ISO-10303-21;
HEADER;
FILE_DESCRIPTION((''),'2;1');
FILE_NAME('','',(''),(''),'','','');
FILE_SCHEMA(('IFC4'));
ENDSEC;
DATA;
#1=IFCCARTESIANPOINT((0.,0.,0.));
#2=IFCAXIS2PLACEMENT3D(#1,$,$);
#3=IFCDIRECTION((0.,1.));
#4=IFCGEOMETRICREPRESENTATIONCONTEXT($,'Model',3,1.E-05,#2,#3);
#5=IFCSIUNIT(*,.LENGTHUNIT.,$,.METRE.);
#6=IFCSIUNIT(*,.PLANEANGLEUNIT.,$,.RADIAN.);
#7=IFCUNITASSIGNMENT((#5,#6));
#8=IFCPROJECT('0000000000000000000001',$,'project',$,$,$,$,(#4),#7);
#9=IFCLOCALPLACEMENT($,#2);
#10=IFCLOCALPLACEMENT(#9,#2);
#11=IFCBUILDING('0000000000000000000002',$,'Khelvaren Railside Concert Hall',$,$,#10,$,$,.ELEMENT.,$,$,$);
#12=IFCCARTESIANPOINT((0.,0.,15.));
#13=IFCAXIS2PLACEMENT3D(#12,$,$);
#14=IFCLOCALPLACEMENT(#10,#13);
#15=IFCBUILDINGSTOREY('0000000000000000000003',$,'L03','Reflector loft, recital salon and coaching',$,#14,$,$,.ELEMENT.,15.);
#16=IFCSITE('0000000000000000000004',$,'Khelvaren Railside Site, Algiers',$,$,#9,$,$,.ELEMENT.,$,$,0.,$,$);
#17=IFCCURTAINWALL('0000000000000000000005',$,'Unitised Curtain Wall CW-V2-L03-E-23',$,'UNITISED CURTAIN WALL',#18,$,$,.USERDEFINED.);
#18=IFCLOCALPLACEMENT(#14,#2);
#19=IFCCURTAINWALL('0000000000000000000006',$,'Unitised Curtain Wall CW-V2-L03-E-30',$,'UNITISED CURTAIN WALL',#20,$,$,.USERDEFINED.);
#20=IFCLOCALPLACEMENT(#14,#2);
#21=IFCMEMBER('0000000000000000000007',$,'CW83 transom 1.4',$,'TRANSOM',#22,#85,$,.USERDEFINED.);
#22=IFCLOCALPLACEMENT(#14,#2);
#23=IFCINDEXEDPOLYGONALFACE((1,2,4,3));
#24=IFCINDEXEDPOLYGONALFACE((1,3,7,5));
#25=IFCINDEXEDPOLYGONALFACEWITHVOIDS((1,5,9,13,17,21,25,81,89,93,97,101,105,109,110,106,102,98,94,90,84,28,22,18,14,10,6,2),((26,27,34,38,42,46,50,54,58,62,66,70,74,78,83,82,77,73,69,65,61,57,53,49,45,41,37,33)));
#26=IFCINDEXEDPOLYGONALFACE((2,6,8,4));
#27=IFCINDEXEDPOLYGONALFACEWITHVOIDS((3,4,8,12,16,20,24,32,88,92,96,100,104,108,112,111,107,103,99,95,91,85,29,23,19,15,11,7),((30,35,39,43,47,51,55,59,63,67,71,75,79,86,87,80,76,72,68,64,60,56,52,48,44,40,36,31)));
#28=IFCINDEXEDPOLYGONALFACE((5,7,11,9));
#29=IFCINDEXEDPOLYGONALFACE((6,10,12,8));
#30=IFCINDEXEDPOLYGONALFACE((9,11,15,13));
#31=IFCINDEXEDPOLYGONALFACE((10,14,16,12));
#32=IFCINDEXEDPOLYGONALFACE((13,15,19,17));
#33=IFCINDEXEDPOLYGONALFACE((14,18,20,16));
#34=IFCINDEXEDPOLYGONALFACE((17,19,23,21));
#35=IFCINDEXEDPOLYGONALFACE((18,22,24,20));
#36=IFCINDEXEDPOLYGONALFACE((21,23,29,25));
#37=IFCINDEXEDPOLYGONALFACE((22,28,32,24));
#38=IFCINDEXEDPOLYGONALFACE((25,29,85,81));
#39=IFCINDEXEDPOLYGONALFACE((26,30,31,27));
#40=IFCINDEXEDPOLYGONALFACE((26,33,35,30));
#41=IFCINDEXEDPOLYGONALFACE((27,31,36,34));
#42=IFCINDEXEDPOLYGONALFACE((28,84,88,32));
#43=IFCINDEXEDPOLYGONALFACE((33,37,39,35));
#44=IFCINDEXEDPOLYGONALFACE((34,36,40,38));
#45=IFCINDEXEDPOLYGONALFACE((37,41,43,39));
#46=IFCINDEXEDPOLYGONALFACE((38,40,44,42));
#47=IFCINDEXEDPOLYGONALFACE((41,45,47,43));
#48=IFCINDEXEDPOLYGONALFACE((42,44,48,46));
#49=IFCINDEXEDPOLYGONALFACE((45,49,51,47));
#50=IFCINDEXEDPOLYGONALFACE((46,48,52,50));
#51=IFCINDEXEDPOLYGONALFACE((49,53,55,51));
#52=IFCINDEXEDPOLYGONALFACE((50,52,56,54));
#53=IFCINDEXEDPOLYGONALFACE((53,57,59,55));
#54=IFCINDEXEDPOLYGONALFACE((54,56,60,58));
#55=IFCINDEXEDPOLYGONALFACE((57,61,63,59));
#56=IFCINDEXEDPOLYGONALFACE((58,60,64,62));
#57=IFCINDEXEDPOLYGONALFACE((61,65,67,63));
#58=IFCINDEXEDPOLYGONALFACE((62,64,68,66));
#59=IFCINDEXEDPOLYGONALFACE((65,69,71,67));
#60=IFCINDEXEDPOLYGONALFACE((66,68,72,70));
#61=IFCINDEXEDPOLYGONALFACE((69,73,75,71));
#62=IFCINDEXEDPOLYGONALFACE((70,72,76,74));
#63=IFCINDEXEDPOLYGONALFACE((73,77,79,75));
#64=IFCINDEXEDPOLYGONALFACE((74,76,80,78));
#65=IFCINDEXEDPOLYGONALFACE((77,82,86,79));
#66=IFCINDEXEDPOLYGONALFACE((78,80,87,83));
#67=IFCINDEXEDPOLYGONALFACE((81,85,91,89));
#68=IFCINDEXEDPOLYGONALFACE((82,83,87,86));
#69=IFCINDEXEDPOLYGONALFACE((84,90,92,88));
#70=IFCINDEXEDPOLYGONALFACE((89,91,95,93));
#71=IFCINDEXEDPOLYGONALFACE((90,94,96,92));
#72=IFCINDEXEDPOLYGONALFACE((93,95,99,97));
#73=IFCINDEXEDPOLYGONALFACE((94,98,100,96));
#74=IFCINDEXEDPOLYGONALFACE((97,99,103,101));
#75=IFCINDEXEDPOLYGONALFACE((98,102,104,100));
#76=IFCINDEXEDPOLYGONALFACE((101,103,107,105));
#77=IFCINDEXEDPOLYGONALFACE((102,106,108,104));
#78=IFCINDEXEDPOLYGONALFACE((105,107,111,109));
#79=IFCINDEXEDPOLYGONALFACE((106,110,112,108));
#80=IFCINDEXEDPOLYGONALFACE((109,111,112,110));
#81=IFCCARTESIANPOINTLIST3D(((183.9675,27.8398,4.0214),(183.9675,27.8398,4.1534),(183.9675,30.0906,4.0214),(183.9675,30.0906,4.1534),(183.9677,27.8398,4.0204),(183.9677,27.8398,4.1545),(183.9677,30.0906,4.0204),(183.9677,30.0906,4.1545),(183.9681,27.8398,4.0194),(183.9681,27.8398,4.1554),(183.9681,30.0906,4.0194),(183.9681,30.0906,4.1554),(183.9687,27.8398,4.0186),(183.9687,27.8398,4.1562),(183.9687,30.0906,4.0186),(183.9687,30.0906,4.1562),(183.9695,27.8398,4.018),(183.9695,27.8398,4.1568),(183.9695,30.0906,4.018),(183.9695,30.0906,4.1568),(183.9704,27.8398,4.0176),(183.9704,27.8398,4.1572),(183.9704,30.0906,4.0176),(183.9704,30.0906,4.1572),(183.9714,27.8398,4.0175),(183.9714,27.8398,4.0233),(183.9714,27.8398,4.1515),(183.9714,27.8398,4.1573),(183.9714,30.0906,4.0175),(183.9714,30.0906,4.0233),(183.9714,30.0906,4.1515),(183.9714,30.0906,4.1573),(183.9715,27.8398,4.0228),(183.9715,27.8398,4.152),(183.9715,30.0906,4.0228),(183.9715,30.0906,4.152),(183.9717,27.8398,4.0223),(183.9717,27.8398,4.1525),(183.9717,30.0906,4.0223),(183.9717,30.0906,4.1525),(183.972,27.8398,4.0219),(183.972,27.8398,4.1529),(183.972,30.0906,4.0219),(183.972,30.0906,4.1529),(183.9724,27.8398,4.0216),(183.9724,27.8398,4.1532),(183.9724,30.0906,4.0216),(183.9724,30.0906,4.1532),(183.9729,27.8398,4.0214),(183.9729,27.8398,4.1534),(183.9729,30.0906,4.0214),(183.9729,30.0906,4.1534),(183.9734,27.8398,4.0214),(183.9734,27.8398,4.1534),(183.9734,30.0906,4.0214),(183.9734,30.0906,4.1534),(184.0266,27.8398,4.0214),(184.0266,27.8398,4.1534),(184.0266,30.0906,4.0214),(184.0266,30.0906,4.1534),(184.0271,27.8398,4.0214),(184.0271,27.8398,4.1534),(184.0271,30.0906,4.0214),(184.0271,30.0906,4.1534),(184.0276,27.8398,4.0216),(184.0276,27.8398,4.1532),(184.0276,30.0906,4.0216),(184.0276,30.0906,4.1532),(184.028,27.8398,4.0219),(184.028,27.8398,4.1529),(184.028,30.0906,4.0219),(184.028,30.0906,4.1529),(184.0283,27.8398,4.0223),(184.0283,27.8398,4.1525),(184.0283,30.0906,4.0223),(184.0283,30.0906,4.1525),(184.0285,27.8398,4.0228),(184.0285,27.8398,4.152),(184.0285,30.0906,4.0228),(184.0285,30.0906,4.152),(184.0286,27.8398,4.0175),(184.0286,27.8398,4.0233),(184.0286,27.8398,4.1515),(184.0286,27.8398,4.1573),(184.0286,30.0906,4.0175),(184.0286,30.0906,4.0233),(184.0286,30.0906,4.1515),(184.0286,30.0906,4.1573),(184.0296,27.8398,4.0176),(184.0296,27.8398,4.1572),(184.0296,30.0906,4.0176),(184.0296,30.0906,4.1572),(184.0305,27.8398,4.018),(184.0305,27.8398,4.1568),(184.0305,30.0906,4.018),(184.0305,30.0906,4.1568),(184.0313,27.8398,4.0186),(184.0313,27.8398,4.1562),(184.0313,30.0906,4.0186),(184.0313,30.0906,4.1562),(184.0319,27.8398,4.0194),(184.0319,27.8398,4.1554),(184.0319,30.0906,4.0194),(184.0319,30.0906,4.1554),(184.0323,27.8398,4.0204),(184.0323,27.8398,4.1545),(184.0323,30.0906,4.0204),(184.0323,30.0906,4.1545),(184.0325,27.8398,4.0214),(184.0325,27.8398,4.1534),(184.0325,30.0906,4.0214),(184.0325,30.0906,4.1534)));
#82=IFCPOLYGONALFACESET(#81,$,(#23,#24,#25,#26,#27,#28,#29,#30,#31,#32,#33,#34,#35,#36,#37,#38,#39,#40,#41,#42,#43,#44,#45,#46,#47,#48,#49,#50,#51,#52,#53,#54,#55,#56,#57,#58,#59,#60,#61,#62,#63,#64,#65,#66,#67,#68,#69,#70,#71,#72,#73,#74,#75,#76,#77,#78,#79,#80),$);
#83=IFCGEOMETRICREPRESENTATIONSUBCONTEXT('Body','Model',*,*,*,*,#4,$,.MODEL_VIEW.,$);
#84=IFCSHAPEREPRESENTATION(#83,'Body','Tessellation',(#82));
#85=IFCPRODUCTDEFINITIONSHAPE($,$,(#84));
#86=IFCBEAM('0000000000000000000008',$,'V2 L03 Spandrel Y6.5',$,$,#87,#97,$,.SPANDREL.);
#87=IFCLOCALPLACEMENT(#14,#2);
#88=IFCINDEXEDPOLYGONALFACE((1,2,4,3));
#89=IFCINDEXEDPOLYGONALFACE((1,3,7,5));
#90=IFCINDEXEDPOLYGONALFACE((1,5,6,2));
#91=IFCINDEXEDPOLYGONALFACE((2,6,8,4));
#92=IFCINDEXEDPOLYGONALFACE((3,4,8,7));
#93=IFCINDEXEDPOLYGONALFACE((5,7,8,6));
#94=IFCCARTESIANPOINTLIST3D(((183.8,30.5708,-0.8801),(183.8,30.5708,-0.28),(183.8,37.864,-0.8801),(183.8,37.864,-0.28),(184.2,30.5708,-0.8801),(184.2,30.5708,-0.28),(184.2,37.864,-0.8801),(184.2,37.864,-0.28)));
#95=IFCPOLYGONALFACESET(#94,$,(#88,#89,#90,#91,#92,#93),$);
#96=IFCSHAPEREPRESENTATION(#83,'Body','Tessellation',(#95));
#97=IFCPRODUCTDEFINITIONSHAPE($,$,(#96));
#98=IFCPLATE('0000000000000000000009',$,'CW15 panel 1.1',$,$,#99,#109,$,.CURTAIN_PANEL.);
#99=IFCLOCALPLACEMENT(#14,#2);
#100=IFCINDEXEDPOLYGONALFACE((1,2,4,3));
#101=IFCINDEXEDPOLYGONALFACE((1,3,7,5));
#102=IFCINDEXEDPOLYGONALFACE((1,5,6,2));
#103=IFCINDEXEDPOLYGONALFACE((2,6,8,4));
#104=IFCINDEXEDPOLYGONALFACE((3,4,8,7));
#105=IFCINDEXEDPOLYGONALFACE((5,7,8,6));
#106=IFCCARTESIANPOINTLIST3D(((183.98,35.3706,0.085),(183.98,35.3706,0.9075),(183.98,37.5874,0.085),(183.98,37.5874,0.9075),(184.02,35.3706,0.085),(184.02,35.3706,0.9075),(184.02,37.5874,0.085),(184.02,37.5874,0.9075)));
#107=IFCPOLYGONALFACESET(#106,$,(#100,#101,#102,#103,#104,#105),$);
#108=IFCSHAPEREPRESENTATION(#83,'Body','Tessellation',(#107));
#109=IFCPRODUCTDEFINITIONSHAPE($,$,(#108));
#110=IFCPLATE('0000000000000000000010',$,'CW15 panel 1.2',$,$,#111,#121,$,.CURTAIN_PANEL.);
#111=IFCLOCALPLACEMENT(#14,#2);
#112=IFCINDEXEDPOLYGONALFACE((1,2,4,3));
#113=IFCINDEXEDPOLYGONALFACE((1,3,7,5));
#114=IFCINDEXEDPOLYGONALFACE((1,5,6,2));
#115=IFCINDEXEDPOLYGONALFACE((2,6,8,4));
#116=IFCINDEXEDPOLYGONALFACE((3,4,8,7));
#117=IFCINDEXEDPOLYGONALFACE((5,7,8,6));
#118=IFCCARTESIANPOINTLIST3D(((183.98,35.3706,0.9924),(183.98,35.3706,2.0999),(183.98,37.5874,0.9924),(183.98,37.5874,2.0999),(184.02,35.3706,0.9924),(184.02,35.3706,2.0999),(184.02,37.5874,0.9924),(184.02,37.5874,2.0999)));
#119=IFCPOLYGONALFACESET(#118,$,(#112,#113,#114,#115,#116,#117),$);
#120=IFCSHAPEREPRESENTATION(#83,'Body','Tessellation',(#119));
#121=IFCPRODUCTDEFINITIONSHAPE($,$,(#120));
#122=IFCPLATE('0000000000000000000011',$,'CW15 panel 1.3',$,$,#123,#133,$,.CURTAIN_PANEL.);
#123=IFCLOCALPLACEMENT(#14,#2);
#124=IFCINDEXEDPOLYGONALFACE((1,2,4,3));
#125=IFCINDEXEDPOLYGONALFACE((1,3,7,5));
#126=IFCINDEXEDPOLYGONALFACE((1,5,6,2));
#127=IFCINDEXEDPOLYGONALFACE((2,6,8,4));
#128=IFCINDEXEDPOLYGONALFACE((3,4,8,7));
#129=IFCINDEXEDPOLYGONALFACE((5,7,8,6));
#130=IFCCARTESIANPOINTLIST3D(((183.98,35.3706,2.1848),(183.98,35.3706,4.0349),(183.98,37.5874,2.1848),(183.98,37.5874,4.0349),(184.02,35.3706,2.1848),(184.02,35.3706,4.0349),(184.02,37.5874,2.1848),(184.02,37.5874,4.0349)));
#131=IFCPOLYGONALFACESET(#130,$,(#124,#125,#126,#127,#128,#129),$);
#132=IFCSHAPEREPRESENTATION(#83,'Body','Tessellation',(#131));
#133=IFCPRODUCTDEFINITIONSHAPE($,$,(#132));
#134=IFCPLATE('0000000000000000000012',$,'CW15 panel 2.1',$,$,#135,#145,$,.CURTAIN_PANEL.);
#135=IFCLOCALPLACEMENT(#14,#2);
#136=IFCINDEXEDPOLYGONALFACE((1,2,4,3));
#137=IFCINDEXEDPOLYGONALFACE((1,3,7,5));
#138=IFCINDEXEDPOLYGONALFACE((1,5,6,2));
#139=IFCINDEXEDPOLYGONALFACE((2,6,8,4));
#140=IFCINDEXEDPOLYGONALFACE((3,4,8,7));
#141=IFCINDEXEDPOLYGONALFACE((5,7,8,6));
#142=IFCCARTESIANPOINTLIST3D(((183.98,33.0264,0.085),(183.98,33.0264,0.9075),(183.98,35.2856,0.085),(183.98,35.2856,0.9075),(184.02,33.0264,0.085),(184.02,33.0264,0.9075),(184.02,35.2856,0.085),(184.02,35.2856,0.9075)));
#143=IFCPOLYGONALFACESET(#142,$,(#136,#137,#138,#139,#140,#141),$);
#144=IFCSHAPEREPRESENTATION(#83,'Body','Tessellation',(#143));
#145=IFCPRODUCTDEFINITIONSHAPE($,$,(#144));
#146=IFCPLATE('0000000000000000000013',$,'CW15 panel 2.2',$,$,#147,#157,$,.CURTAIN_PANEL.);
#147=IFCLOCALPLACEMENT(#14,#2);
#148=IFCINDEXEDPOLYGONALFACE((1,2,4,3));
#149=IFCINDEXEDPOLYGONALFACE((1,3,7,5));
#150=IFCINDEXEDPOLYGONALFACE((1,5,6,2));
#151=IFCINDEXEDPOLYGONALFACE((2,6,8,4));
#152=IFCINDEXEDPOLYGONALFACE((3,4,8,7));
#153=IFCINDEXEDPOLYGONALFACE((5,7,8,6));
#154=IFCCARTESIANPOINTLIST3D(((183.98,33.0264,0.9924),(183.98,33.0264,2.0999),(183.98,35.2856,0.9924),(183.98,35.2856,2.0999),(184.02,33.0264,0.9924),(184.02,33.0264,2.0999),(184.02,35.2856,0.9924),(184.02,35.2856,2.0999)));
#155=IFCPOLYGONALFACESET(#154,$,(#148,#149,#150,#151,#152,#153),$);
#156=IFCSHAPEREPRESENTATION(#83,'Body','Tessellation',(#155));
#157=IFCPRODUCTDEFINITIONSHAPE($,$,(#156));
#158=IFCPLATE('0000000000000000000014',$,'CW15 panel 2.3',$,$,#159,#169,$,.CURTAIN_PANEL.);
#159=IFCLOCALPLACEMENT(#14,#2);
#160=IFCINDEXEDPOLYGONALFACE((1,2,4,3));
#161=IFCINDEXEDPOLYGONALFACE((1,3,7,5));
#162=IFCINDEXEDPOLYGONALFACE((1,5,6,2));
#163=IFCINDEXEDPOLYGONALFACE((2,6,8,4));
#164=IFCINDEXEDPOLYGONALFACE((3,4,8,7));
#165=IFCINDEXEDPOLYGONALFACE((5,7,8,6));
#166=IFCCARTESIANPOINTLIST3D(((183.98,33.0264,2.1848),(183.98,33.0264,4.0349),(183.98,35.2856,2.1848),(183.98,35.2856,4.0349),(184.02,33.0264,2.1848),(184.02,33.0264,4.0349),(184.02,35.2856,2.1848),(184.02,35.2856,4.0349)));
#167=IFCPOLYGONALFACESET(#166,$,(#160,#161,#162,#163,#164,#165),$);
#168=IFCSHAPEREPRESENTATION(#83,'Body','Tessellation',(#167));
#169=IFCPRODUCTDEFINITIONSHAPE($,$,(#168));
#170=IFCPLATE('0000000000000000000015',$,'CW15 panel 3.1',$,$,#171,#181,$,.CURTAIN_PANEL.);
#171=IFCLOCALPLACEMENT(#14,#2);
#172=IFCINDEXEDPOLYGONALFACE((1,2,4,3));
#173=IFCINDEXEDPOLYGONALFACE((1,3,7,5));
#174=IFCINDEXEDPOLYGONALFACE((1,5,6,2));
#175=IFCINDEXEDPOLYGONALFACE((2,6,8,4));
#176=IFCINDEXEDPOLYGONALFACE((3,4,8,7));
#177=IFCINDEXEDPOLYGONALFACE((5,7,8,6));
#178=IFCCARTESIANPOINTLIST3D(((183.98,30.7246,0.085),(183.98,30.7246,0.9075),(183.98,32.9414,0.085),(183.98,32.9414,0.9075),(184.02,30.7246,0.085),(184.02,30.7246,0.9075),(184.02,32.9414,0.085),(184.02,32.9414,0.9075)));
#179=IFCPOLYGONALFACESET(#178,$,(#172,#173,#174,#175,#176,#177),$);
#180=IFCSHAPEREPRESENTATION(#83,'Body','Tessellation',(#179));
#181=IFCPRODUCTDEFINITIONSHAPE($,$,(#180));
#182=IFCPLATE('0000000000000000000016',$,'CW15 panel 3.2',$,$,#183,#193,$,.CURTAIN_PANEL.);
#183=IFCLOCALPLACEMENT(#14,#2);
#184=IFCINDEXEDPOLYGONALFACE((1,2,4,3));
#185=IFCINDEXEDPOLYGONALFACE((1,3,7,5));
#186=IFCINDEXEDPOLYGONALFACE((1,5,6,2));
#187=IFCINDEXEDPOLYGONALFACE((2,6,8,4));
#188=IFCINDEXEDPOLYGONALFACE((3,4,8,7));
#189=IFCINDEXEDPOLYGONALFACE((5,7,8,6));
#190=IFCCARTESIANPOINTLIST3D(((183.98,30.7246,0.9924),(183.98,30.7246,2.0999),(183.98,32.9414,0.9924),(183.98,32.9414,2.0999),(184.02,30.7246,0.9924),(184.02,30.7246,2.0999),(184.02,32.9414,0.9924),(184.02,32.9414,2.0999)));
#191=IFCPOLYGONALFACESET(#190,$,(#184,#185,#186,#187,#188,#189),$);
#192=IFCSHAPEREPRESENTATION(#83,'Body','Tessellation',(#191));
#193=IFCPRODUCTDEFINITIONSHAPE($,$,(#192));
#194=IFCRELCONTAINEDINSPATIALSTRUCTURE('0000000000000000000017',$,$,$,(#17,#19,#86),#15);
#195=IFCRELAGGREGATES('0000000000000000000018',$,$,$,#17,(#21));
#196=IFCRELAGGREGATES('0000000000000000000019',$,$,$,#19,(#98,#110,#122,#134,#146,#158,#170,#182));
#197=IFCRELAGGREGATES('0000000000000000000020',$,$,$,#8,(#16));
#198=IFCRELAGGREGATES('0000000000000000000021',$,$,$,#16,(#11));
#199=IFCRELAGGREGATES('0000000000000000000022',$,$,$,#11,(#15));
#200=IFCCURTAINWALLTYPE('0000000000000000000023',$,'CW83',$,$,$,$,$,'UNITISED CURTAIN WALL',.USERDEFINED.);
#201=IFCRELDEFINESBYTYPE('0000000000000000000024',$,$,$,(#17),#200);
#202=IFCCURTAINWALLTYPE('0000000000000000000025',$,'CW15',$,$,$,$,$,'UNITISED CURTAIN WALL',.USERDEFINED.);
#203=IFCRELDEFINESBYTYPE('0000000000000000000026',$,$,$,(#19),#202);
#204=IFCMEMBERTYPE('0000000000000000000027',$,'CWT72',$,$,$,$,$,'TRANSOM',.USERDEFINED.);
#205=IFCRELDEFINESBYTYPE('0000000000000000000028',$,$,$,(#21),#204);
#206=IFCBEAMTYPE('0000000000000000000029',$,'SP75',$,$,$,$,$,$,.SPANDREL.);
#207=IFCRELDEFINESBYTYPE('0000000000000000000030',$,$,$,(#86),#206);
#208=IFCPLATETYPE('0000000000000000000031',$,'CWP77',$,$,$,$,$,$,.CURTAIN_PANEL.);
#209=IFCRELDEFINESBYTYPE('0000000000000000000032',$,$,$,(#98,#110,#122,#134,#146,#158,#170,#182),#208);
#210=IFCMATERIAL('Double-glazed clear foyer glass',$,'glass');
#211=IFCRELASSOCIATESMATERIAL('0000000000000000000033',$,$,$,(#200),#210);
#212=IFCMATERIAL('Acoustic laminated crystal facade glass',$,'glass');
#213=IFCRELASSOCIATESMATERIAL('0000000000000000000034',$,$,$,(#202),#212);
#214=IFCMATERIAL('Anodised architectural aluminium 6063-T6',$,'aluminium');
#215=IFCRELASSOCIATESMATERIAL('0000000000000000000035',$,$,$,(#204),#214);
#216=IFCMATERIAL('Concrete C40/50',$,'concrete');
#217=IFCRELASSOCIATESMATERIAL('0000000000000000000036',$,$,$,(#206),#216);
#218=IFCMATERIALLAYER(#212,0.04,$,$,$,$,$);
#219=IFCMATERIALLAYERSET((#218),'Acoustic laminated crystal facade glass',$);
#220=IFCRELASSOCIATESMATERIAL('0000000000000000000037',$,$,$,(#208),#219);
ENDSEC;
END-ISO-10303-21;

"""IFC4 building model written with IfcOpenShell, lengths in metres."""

from ifc_helpers import new_model, si_unit, direction, frame, origin, origin_2d, place, context, subcontext, project, spatial, rectangle, hollow_rectangle, extrude, material, layer, layer_set, material_profile, profile_set, type_object, element, aggregate, save


model = new_model("IFC4")

# Units and contexts
model_context = context("Model", 3, precision=1e-05, world=origin(), true_north=direction((0.0, 1.0)))
body_context = subcontext(model_context, "Body", "Model", "MODEL_VIEW")
ifc_project = project(units=[si_unit("LENGTHUNIT", "METRE"), si_unit("PLANEANGLEUNIT", "RADIAN")], contexts=[model_context])

# Site, building, storey
site_placement = place(None, origin())
site = spatial("IfcSite", under=ifc_project, at=site_placement, Name="Khelvaren Railside Site, Algiers", CompositionType="ELEMENT", RefElevation=0.0)
building_placement = place(site_placement, origin())
building = spatial("IfcBuilding", under=site, at=building_placement, Name="Khelvaren Railside Concert Hall", CompositionType="ELEMENT")
storey_placement = place(building_placement, frame((0.0, 0.0, 15.0)))
storey = spatial("IfcBuildingStorey", under=building, at=storey_placement, Name="L03", Description="Reflector loft, recital salon and coaching", CompositionType="ELEMENT", Elevation=15.0)

# Curtain wall
ifc_material_1 = material(Name="Double-glazed clear foyer glass", Category="glass")
curtain_wall_type_1 = type_object("IfcCurtainWallType", Name="CW83", ElementType="UNITISED CURTAIN WALL", PredefinedType="USERDEFINED", material=ifc_material_1)
curtain_wall_1_placement = place(storey_placement, origin())
curtain_wall_1 = element("IfcCurtainWall", 1, at=curtain_wall_1_placement, inside=storey, type_object=curtain_wall_type_1, Name="Unitised Curtain Wall CW-V2-L03-E-23", ObjectType="UNITISED CURTAIN WALL", PredefinedType="USERDEFINED")
ifc_material_2 = material(Name="Anodised architectural aluminium 6063-T6", Category="aluminium")

# Curtain wall
ifc_material_3 = material(Name="Acoustic laminated crystal facade glass", Category="glass")
curtain_wall_type_2 = type_object("IfcCurtainWallType", Name="CW15", ElementType="UNITISED CURTAIN WALL", PredefinedType="USERDEFINED", material=ifc_material_3)
curtain_wall_2_placement = place(storey_placement, origin())
curtain_wall_2 = element("IfcCurtainWall", 2, at=curtain_wall_2_placement, inside=storey, type_object=curtain_wall_type_2, Name="Unitised Curtain Wall CW-V2-L03-E-30", ObjectType="UNITISED CURTAIN WALL", PredefinedType="USERDEFINED")

# Member
ifc_material_profile_1 = material_profile(ifc_material_2, hollow_rectangle(XDim=0.0649, YDim=0.1399, WallThickness=0.0039, InnerFilletRadius=0.002, OuterFilletRadius=0.0039, at=origin_2d()), Name="CWT 65x140x4")
ifc_profile_set_1 = profile_set([ifc_material_profile_1], Name="Anodised architectural aluminium 6063-T6")
member_type_1 = type_object("IfcMemberType", Name="CWT72", ElementType="TRANSOM", PredefinedType="USERDEFINED", material=ifc_profile_set_1)
member_1_placement = place(storey_placement, frame((184.0, 30.0906, 4.0874), z_axis=(0.0, -1.0, 0.0), x_axis=(1.0, 0.0, 0.0)))
member_1 = element("IfcMember", 3, at=member_1_placement, type_object=member_type_1, Name="CW83 transom 1.4", ObjectType="TRANSOM", PredefinedType="USERDEFINED", context=body_context, shape_type="SweptSolid", body=[
    extrude(hollow_rectangle(XDim=0.0649, YDim=0.1399, WallThickness=0.0039, InnerFilletRadius=0.002, OuterFilletRadius=0.0039, at=origin_2d()), origin(), (0.0, 0.0, 1.0), 2.2507),
])
aggregate(curtain_wall_1, [member_1])

# Beam
ifc_material_4 = material(Name="Concrete C40/50", Category="concrete")
ifc_material_profile_2 = material_profile(ifc_material_4, rectangle(XDim=0.3999, YDim=0.6001, at=origin_2d()), Name="RCB 400x600")
ifc_profile_set_2 = profile_set([ifc_material_profile_2], Name="Concrete C40/50")
beam_type = type_object("IfcBeamType", Name="SP75", PredefinedType="SPANDREL", material=ifc_profile_set_2)
beam_placement = place(storey_placement, frame((184.0, 30.5708, -0.5801), z_axis=(0.0, 1.0, 0.0), x_axis=(-1.0, 0.0, 0.0)))
element("IfcBeam", 4, at=beam_placement, inside=storey, type_object=beam_type, Name="V2 L03 Spandrel Y6.5", PredefinedType="SPANDREL", context=body_context, shape_type="SweptSolid", body=[
    extrude(rectangle(XDim=0.3999, YDim=0.6001, at=origin_2d()), origin(), (0.0, 0.0, 1.0), 7.2932),
])

# Plates
ifc_layer = layer(ifc_material_3, 0.04)
ifc_layer_set = layer_set([ifc_layer], Name="Acoustic laminated crystal facade glass")
plate_type = type_object("IfcPlateType", Name="CWP77", PredefinedType="CURTAIN_PANEL", material=ifc_layer_set)
plate_1_placement = place(storey_placement, frame((184.0, 36.479, 0.085), z_axis=(0.0, 0.0, 1.0), x_axis=(0.0, -1.0, 0.0)))
plate_1 = element("IfcPlate", 5, at=plate_1_placement, type_object=plate_type, Name="CW15 panel 1.1", PredefinedType="CURTAIN_PANEL", context=body_context, shape_type="SweptSolid", body=[
    extrude(rectangle(XDim=2.2168, YDim=0.04, at=origin_2d()), origin(), (0.0, 0.0, 1.0), 0.8225),
])
plate_2_placement = place(storey_placement, frame((184.0, 36.479, 0.9924), z_axis=(0.0, 0.0, 1.0), x_axis=(0.0, -1.0, 0.0)))
plate_2 = element("IfcPlate", 6, at=plate_2_placement, type_object=plate_type, Name="CW15 panel 1.2", PredefinedType="CURTAIN_PANEL", context=body_context, shape_type="SweptSolid", body=[
    extrude(rectangle(XDim=2.2168, YDim=0.04, at=origin_2d()), origin(), (0.0, 0.0, 1.0), 1.1074),
])
plate_3_placement = place(storey_placement, frame((184.0, 36.479, 2.1848), z_axis=(0.0, 0.0, 1.0), x_axis=(0.0, -1.0, 0.0)))
plate_3 = element("IfcPlate", 7, at=plate_3_placement, type_object=plate_type, Name="CW15 panel 1.3", PredefinedType="CURTAIN_PANEL", context=body_context, shape_type="SweptSolid", body=[
    extrude(rectangle(XDim=2.2168, YDim=0.04, at=origin_2d()), origin(), (0.0, 0.0, 1.0), 1.8501),
])
plate_4_placement = place(storey_placement, frame((184.0, 34.156, 0.085), z_axis=(0.0, 0.0, 1.0), x_axis=(0.0, -1.0, 0.0)))
plate_4 = element("IfcPlate", 8, at=plate_4_placement, type_object=plate_type, Name="CW15 panel 2.1", PredefinedType="CURTAIN_PANEL", context=body_context, shape_type="SweptSolid", body=[
    extrude(rectangle(XDim=2.2593, YDim=0.04, at=origin_2d()), origin(), (0.0, 0.0, 1.0), 0.8225),
])
plate_5_placement = place(storey_placement, frame((184.0, 34.156, 0.9924), z_axis=(0.0, 0.0, 1.0), x_axis=(0.0, -1.0, 0.0)))
plate_5 = element("IfcPlate", 9, at=plate_5_placement, type_object=plate_type, Name="CW15 panel 2.2", PredefinedType="CURTAIN_PANEL", context=body_context, shape_type="SweptSolid", body=[
    extrude(rectangle(XDim=2.2593, YDim=0.04, at=origin_2d()), origin(), (0.0, 0.0, 1.0), 1.1074),
])
plate_6_placement = place(storey_placement, frame((184.0, 34.156, 2.1848), z_axis=(0.0, 0.0, 1.0), x_axis=(0.0, -1.0, 0.0)))
plate_6 = element("IfcPlate", 10, at=plate_6_placement, type_object=plate_type, Name="CW15 panel 2.3", PredefinedType="CURTAIN_PANEL", context=body_context, shape_type="SweptSolid", body=[
    extrude(rectangle(XDim=2.2593, YDim=0.04, at=origin_2d()), origin(), (0.0, 0.0, 1.0), 1.8501),
])
plate_7_placement = place(storey_placement, frame((184.0, 31.833, 0.085), z_axis=(0.0, 0.0, 1.0), x_axis=(0.0, -1.0, 0.0)))
plate_7 = element("IfcPlate", 11, at=plate_7_placement, type_object=plate_type, Name="CW15 panel 3.1", PredefinedType="CURTAIN_PANEL", context=body_context, shape_type="SweptSolid", body=[
    extrude(rectangle(XDim=2.2168, YDim=0.04, at=origin_2d()), origin(), (0.0, 0.0, 1.0), 0.8225),
])
plate_8_placement = place(storey_placement, frame((184.0, 31.833, 0.9924), z_axis=(0.0, 0.0, 1.0), x_axis=(0.0, -1.0, 0.0)))
plate_8 = element("IfcPlate", 12, at=plate_8_placement, type_object=plate_type, Name="CW15 panel 3.2", PredefinedType="CURTAIN_PANEL", context=body_context, shape_type="SweptSolid", body=[
    extrude(rectangle(XDim=2.2168, YDim=0.04, at=origin_2d()), origin(), (0.0, 0.0, 1.0), 1.1074),
])
aggregate(curtain_wall_2, [plate_1, plate_2, plate_3, plate_4, plate_5, plate_6, plate_7, plate_8])

save(model, "model.ifc")
